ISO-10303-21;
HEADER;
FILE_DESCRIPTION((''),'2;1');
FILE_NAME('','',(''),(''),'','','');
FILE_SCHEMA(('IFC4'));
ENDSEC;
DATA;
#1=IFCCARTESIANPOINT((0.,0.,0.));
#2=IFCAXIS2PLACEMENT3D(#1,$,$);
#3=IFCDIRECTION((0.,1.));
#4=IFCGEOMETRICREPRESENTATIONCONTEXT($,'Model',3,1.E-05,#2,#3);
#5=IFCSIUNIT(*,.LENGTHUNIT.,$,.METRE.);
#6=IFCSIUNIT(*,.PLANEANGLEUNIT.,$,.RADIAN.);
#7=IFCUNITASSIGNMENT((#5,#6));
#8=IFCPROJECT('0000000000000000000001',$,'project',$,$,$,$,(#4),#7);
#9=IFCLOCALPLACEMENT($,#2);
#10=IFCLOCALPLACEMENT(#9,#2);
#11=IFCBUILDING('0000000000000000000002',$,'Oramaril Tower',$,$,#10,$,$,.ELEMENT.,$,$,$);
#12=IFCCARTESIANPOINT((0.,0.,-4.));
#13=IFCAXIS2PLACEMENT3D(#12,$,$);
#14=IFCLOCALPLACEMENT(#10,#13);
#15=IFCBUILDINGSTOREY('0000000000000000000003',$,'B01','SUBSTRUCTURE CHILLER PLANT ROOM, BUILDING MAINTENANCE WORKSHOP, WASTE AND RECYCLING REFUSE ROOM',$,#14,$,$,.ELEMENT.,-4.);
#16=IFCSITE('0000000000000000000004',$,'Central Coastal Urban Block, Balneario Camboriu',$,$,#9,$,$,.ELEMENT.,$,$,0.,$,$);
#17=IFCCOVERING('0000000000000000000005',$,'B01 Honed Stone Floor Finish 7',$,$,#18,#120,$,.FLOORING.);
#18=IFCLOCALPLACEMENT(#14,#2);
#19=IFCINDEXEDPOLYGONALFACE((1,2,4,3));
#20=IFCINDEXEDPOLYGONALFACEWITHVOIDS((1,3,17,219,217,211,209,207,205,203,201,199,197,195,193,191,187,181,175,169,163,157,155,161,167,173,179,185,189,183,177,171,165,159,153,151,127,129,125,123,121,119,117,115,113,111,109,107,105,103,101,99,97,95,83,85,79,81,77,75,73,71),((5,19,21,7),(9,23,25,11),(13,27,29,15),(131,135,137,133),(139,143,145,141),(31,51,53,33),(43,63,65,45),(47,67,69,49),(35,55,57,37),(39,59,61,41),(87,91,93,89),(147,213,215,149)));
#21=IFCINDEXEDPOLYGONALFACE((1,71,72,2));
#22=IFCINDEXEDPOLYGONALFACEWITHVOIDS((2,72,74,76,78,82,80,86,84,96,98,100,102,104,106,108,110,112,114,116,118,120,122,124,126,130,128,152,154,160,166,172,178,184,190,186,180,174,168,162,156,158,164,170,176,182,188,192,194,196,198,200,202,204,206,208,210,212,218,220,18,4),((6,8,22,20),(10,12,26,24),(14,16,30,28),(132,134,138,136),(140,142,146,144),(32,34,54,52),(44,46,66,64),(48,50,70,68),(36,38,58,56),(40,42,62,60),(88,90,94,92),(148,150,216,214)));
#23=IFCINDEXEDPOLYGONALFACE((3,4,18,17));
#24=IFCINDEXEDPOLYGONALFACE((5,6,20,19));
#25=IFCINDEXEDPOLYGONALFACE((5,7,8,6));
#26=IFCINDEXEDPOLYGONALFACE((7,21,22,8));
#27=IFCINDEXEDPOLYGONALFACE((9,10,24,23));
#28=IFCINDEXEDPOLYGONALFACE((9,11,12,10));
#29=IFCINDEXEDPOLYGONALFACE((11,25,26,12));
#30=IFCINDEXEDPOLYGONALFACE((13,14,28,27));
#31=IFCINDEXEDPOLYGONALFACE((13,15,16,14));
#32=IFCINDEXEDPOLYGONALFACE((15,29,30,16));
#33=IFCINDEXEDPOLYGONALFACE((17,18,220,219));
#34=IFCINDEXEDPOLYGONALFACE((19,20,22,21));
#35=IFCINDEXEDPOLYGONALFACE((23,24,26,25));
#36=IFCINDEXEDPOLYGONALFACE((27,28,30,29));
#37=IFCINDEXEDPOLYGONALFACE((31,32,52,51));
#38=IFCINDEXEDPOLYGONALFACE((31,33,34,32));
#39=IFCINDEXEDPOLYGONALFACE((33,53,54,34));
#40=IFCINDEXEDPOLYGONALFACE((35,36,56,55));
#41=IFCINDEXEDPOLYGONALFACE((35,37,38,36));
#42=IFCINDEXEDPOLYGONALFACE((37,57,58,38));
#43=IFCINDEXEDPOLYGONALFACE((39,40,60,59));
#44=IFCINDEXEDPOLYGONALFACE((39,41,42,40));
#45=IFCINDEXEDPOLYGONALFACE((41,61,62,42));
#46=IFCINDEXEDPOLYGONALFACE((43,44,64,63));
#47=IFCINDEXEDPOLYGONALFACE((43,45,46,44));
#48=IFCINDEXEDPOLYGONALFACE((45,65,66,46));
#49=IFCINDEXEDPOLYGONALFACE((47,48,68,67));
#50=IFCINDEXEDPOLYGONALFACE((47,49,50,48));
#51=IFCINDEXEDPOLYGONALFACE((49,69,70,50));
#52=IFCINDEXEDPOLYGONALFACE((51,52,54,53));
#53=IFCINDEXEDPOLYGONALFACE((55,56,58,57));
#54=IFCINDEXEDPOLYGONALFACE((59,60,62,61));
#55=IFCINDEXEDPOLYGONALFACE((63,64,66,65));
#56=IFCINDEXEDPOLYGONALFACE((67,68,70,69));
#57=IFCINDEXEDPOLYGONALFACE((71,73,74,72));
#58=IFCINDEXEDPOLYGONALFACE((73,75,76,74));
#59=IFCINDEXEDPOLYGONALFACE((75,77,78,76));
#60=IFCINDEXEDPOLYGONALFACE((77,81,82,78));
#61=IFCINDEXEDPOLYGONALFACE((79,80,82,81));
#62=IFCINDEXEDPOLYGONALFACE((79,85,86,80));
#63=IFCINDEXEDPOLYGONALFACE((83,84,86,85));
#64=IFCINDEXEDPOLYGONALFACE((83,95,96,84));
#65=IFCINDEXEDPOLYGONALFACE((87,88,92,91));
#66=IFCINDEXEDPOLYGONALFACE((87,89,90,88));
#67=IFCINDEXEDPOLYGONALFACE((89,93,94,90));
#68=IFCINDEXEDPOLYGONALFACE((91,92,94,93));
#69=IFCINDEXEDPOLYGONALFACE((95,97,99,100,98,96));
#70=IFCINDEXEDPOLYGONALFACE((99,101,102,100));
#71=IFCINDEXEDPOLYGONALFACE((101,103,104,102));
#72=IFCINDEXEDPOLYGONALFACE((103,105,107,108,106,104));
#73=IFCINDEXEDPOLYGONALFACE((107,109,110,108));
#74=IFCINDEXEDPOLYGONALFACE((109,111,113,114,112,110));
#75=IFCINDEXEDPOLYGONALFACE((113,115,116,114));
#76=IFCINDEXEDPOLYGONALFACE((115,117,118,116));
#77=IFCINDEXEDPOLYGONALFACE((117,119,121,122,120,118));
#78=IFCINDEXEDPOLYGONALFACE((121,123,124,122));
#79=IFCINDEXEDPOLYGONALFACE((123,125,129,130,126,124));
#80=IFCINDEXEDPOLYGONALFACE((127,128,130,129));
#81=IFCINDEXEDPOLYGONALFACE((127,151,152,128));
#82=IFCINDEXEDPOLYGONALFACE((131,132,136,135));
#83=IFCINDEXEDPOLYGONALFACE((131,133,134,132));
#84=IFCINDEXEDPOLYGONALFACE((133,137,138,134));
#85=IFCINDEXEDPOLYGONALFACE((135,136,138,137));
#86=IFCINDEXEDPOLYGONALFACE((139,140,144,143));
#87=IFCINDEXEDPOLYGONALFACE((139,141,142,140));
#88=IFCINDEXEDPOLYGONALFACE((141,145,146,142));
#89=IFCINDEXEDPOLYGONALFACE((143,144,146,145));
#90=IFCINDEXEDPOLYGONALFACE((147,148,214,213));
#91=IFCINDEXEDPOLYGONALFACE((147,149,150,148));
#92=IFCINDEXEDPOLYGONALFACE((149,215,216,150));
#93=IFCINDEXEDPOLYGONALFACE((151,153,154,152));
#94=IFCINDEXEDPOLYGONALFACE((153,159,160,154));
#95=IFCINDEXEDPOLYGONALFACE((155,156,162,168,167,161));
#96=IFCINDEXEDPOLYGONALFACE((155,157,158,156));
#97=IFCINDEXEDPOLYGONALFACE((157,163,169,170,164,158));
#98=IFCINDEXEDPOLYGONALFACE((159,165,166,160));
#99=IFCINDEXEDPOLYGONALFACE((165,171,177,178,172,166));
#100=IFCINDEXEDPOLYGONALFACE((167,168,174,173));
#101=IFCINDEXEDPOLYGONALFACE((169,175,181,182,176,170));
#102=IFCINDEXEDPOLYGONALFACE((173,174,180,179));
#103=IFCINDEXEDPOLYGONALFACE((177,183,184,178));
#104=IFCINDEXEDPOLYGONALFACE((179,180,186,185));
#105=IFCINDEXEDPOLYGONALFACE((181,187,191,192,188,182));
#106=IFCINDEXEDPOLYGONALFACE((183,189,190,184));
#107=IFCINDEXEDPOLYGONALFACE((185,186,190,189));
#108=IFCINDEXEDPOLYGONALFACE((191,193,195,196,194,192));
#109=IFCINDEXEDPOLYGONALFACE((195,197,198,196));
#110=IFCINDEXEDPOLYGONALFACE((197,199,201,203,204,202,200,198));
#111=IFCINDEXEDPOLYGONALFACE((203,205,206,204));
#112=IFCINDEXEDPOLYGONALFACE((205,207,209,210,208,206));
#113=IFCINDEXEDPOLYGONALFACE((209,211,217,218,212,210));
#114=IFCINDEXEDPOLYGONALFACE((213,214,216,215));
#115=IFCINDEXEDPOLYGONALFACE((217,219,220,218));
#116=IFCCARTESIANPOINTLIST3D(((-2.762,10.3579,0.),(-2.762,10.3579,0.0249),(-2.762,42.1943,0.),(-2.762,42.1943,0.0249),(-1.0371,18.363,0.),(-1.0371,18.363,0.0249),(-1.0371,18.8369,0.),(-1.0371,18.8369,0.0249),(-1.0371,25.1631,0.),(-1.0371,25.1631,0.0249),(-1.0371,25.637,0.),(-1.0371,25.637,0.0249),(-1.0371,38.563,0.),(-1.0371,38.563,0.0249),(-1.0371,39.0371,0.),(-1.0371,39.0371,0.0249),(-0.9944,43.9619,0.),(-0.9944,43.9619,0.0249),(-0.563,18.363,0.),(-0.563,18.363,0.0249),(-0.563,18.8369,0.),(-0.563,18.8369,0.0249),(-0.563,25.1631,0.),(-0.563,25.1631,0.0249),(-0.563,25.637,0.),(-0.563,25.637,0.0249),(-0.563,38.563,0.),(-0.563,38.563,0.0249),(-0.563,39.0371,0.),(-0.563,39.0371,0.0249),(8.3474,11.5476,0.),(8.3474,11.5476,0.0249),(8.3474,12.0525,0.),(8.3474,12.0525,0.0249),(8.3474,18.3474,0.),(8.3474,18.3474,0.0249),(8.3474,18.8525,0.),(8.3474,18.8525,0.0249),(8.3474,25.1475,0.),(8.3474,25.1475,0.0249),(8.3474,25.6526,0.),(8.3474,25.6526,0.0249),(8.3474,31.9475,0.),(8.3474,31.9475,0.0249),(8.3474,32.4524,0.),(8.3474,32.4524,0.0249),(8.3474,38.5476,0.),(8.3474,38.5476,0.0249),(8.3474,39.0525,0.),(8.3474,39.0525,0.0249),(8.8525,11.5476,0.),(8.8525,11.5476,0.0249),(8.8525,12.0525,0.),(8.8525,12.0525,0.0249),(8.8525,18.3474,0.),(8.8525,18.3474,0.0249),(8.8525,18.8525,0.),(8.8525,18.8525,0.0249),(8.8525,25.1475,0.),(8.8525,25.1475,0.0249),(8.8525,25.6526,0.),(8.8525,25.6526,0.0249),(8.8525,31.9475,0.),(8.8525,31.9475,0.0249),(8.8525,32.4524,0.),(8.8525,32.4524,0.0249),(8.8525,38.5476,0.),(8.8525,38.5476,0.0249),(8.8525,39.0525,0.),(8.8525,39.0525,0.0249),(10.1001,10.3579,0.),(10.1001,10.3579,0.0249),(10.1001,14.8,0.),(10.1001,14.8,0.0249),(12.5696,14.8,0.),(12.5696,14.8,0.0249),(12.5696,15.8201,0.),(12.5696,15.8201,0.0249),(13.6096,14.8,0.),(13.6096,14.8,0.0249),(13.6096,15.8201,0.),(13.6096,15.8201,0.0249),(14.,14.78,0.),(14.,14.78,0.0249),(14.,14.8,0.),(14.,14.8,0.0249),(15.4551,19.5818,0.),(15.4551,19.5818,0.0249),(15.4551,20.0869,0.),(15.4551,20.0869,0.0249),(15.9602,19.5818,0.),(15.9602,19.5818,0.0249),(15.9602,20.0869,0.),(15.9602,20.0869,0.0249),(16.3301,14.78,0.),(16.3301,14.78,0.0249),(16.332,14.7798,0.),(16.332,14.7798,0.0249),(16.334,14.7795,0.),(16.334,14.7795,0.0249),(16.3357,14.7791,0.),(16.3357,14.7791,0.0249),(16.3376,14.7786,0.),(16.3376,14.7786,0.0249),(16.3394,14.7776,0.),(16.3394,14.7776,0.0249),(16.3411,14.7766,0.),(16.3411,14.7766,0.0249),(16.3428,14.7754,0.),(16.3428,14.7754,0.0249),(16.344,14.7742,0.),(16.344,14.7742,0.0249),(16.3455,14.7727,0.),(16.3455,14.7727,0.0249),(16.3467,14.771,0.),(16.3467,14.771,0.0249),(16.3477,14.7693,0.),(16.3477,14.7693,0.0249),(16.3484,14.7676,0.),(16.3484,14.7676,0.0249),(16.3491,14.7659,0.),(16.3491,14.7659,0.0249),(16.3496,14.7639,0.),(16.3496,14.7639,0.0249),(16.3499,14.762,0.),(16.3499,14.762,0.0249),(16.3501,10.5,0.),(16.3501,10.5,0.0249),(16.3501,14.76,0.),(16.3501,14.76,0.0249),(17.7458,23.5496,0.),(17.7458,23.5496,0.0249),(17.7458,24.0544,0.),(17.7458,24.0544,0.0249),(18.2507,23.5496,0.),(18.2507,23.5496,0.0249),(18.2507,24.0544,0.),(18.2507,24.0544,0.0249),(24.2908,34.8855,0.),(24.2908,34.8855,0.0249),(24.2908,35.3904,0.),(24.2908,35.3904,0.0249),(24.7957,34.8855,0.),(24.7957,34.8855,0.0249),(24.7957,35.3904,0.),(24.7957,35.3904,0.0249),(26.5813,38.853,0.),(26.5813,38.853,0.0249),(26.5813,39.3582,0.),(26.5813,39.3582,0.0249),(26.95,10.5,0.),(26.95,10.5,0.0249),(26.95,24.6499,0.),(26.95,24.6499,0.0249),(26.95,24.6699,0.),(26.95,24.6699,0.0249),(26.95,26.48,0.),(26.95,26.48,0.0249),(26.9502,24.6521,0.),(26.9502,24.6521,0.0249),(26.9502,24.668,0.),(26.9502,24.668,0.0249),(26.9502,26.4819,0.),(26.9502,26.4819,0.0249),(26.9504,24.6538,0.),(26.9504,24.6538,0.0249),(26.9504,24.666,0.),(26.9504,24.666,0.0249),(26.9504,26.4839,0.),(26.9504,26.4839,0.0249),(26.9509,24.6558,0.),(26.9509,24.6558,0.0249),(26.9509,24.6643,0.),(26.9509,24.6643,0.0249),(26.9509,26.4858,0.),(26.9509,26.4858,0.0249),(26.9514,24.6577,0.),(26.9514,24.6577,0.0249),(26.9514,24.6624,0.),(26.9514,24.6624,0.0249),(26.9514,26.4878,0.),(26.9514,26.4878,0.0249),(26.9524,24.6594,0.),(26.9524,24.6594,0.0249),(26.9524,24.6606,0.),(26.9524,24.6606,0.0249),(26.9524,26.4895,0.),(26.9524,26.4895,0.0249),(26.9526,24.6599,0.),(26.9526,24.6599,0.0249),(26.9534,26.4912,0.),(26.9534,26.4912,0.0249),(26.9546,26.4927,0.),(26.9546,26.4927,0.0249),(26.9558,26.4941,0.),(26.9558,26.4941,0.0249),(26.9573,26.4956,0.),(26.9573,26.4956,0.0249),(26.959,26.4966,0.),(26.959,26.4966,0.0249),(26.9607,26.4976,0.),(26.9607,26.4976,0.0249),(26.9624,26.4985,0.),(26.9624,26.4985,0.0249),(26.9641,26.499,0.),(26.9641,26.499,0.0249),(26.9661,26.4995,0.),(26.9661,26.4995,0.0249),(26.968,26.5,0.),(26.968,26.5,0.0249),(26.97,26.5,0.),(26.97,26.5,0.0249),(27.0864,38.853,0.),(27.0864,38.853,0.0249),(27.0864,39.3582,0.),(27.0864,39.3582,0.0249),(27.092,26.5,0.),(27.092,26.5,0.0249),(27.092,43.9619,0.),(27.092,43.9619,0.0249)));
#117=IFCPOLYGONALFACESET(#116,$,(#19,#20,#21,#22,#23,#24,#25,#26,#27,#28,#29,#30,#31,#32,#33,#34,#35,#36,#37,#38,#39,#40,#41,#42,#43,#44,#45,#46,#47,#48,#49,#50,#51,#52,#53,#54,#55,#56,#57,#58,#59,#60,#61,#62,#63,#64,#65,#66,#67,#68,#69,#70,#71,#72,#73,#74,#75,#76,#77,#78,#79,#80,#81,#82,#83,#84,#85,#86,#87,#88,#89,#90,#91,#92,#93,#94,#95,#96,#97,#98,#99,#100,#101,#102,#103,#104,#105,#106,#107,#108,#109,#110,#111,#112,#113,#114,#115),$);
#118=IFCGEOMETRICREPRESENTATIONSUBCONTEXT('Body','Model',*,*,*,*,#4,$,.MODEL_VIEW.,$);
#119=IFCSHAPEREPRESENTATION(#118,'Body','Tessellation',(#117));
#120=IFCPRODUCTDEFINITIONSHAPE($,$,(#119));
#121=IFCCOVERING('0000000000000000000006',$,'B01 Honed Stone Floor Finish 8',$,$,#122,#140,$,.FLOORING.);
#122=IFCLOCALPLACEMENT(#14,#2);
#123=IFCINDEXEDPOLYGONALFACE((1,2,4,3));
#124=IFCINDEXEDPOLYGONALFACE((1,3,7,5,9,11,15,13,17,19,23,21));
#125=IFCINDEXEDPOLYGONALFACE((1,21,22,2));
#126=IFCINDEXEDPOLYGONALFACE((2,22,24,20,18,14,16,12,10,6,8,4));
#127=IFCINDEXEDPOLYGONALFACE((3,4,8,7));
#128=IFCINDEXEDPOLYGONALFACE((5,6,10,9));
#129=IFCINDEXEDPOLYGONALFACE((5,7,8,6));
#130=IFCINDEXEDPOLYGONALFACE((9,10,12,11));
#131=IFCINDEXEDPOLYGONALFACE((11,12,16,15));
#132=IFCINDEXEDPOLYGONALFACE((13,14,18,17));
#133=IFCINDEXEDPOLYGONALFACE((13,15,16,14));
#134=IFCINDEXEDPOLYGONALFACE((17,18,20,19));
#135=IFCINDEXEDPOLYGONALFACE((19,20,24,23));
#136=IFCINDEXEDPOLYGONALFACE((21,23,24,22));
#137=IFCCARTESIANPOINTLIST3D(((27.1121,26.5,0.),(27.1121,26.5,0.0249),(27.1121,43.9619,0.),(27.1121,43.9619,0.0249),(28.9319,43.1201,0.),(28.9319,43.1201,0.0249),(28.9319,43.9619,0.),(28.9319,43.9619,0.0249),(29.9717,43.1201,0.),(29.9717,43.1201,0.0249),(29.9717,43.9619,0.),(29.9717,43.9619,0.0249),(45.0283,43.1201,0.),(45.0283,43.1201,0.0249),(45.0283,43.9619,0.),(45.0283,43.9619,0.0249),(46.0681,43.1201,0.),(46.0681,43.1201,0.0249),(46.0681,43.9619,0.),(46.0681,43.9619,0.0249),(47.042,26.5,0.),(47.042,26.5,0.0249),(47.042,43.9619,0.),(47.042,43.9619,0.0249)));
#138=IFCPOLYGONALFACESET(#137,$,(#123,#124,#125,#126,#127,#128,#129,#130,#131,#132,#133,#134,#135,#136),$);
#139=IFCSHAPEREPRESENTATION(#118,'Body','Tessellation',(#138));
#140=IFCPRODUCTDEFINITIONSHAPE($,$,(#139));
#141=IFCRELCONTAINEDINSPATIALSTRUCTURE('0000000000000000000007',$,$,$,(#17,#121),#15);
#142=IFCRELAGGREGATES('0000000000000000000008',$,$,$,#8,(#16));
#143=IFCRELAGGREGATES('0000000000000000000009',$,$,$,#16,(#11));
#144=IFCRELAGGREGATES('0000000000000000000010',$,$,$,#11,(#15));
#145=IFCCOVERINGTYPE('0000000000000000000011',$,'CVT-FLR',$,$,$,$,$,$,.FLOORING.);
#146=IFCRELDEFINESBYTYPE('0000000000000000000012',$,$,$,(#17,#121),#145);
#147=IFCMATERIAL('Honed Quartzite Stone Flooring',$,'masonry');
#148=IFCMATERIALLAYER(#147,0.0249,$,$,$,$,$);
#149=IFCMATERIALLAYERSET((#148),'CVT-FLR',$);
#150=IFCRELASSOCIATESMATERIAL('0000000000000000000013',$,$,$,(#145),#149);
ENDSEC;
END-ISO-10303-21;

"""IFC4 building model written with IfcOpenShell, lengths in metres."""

from ifc_helpers import new_model, si_unit, direction, frame, origin, place, context, subcontext, project, spatial, polyline, outline, extrude, material, layer, layer_set, type_object, element, save


model = new_model("IFC4")

# Units and contexts
model_context = context("Model", 3, precision=1e-05, world=origin(), true_north=direction((0.0, 1.0)))
body_context = subcontext(model_context, "Body", "Model", "MODEL_VIEW")
ifc_project = project(units=[si_unit("LENGTHUNIT", "METRE"), si_unit("PLANEANGLEUNIT", "RADIAN")], contexts=[model_context])

# Site, building, storey
site_placement = place(None, origin())
site = spatial("IfcSite", under=ifc_project, at=site_placement, Name="Central Coastal Urban Block, Balneario Camboriu", CompositionType="ELEMENT", RefElevation=0.0)
building_placement = place(site_placement, origin())
building = spatial("IfcBuilding", under=site, at=building_placement, Name="Oramaril Tower", CompositionType="ELEMENT")
storey_placement = place(building_placement, frame((0.0, 0.0, -4.0)))
storey = spatial("IfcBuildingStorey", under=building, at=storey_placement, Name="B01", Description="SUBSTRUCTURE CHILLER PLANT ROOM, BUILDING MAINTENANCE WORKSHOP, WASTE AND RECYCLING REFUSE ROOM", CompositionType="ELEMENT", Elevation=-4.0)

# Coverings
ifc_material_1 = material(Name="Honed Quartzite Stone Flooring", Category="masonry")
ifc_layer_1 = layer(ifc_material_1, 0.0249)
ifc_layer_set_1 = layer_set([ifc_layer_1], Name="CVT-FLR")
covering_type_1 = type_object("IfcCoveringType", Name="CVT-FLR", PredefinedType="FLOORING", material=ifc_layer_set_1)
covering_1_placement = place(storey_placement, origin())
element("IfcCovering", 1, at=covering_1_placement, inside=storey, type_object=covering_type_1, Name="B01 Honed Stone Floor Finish 7", PredefinedType="FLOORING", context=body_context, shape_type="SweptSolid", body=[
    extrude(outline(polyline([(14.0, 14.8), (13.6096, 14.8), (13.6096, 15.8201), (12.5696, 15.8201), (12.5696, 14.8), (10.1001, 14.8), (10.1001, 10.3579), (-2.762, 10.3579), (-2.762, 42.1943), (-0.9944, 43.9619), (27.092, 43.9619), (27.092, 26.5), (26.97, 26.5), (26.968, 26.5), (26.9661, 26.4995), (26.9641, 26.499), (26.9624, 26.4985), (26.9607, 26.4976), (26.959, 26.4966), (26.9573, 26.4956), (26.9558, 26.4941), (26.9546, 26.4927), (26.9534, 26.4912), (26.9524, 26.4895), (26.9514, 26.4878), (26.9509, 26.4858), (26.9504, 26.4839), (26.9502, 26.4819), (26.95, 26.48), (26.95, 24.6699), (26.9502, 24.668), (26.9504, 24.666), (26.9509, 24.6643), (26.9514, 24.6624), (26.9524, 24.6606), (26.9526, 24.6599), (26.9524, 24.6594), (26.9514, 24.6577), (26.9509, 24.6558), (26.9504, 24.6538), (26.9502, 24.6521), (26.95, 24.6499), (26.95, 10.5), (16.3501, 10.5), (16.3501, 14.76), (16.3499, 14.762), (16.3496, 14.7639), (16.3491, 14.7659), (16.3484, 14.7676), (16.3477, 14.7693), (16.3467, 14.771), (16.3455, 14.7727), (16.344, 14.7742), (16.3428, 14.7754), (16.3411, 14.7766), (16.3394, 14.7776), (16.3376, 14.7786), (16.3357, 14.7791), (16.334, 14.7795), (16.332, 14.7798), (16.3301, 14.78), (14.0, 14.78), (14.0, 14.8)]), holes=[polyline([(8.8525, 12.0525), (8.3474, 12.0525), (8.3474, 11.5476), (8.8525, 11.5476), (8.8525, 12.0525)]), polyline([(-0.563, 18.363), (-0.563, 18.8369), (-1.0371, 18.8369), (-1.0371, 18.363), (-0.563, 18.363)]), polyline([(8.8525, 18.8525), (8.3474, 18.8525), (8.3474, 18.3474), (8.8525, 18.3474), (8.8525, 18.8525)]), polyline([(15.9602, 19.5818), (15.9602, 20.0869), (15.4551, 20.0869), (15.4551, 19.5818), (15.9602, 19.5818)]), polyline([(18.2507, 23.5496), (18.2507, 24.0544), (17.7458, 24.0544), (17.7458, 23.5496), (18.2507, 23.5496)]), polyline([(-0.563, 25.637), (-1.0371, 25.637), (-1.0371, 25.1631), (-0.563, 25.1631), (-0.563, 25.637)]), polyline([(8.8525, 25.1475), (8.8525, 25.6526), (8.3474, 25.6526), (8.3474, 25.1475), (8.8525, 25.1475)]), polyline([(8.8525, 31.9475), (8.8525, 32.4524), (8.3474, 32.4524), (8.3474, 31.9475), (8.8525, 31.9475)]), polyline([(-0.563, 39.0371), (-1.0371, 39.0371), (-1.0371, 38.563), (-0.563, 38.563), (-0.563, 39.0371)]), polyline([(8.8525, 38.5476), (8.8525, 39.0525), (8.3474, 39.0525), (8.3474, 38.5476), (8.8525, 38.5476)]), polyline([(24.7957, 34.8855), (24.7957, 35.3904), (24.2908, 35.3904), (24.2908, 34.8855), (24.7957, 34.8855)]), polyline([(27.0864, 38.853), (27.0864, 39.3582), (26.5813, 39.3582), (26.5813, 38.853), (27.0864, 38.853)])]), origin(), (0.0, 0.0, 1.0), 0.0249),
])
covering_2_placement = place(storey_placement, origin())
element("IfcCovering", 2, at=covering_2_placement, inside=storey, type_object=covering_type_1, Name="B01 Honed Stone Floor Finish 8", PredefinedType="FLOORING", context=body_context, shape_type="SweptSolid", body=[
    extrude(outline(polyline([(28.9319, 43.9619), (28.9319, 43.1201), (29.9717, 43.1201), (29.9717, 43.9619), (45.0283, 43.9619), (45.0283, 43.1201), (46.0681, 43.1201), (46.0681, 43.9619), (47.042, 43.9619), (47.042, 26.5), (27.1121, 26.5), (27.1121, 43.9619), (28.9319, 43.9619)])), origin(), (0.0, 0.0, 1.0), 0.0249),
])

save(model, "model.ifc")
